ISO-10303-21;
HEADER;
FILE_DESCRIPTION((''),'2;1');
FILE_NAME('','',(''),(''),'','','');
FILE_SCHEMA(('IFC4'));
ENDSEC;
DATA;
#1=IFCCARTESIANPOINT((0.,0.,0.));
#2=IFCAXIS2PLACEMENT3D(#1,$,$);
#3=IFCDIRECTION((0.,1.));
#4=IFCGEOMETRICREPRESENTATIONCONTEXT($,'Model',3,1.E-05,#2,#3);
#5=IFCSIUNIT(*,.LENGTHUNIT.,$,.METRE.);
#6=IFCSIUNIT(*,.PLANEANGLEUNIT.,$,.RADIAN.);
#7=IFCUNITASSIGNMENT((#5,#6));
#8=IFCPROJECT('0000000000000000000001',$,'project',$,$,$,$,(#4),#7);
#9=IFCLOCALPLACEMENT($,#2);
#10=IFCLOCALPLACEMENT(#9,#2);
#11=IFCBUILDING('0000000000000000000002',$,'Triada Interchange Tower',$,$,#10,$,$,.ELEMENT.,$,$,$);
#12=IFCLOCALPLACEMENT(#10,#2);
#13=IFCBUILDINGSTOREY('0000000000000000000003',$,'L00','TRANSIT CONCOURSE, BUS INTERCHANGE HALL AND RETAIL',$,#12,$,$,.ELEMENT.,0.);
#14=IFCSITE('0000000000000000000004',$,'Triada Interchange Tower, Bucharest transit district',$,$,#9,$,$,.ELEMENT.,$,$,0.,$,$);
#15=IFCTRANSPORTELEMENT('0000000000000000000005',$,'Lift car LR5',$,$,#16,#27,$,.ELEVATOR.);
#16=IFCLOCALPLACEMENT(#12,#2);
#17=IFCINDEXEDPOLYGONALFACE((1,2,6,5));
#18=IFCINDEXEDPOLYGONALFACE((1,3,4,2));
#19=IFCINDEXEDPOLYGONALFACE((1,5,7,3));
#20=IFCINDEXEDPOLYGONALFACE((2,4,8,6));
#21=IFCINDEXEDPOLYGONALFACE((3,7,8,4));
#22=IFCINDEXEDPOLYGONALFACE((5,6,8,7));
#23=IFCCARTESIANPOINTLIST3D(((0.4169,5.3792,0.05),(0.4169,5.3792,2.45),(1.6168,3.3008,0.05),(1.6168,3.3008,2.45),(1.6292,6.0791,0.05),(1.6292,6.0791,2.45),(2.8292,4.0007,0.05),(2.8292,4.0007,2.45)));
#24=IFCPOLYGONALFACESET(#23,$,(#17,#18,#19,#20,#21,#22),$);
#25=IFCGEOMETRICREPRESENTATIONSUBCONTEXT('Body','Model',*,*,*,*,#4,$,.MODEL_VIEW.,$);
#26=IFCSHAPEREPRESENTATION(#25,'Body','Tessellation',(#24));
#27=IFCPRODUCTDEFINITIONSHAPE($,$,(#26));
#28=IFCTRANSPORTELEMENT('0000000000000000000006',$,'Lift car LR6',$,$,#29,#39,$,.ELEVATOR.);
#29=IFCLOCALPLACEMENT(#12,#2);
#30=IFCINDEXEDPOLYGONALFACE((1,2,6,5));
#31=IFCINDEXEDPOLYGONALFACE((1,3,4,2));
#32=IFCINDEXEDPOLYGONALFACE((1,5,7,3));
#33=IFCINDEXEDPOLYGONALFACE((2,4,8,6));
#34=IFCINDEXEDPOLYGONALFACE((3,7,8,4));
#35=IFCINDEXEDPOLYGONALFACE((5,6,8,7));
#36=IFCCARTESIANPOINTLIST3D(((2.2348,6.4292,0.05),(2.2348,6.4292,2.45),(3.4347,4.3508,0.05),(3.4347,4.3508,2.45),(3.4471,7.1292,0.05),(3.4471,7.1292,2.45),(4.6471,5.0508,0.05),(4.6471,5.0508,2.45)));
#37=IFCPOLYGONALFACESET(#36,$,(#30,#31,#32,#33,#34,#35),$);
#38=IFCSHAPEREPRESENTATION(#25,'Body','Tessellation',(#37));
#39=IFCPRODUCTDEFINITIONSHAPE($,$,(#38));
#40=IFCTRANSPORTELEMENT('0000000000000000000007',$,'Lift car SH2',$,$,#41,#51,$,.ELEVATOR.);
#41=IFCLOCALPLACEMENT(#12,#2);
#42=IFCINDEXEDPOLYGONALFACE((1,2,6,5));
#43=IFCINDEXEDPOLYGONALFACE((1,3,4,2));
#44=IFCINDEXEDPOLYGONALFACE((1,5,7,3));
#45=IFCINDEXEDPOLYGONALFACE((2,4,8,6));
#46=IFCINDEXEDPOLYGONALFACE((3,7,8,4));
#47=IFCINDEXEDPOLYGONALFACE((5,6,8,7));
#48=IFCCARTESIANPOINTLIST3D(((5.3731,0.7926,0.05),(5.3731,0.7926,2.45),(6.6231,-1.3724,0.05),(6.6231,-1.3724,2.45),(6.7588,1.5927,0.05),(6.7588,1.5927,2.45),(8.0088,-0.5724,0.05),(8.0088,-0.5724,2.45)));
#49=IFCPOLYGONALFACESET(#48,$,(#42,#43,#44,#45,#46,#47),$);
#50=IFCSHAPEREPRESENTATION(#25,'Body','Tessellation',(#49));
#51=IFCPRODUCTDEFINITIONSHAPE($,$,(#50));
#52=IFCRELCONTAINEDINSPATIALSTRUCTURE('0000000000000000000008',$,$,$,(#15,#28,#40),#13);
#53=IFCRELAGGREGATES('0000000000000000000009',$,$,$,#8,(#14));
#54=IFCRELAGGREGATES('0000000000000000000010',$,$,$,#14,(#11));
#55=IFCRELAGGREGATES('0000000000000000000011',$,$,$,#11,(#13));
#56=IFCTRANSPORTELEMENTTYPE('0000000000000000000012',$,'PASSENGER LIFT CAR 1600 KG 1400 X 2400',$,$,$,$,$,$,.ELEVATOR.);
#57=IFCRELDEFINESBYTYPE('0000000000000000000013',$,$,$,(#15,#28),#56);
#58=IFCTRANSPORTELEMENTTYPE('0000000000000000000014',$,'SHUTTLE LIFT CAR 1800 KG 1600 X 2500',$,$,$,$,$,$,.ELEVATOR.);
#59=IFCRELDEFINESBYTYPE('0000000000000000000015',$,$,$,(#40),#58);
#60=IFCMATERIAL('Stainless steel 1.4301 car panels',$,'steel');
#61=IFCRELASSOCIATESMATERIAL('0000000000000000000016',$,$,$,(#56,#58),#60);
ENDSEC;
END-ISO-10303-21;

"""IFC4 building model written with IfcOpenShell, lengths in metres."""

from ifc_helpers import new_model, si_unit, direction, frame, origin, origin_2d, place, context, subcontext, project, spatial, rectangle, extrude, material, type_object, element, save


model = new_model("IFC4")

# Units and contexts
model_context = context("Model", 3, precision=1e-05, world=origin(), true_north=direction((0.0, 1.0)))
body_context = subcontext(model_context, "Body", "Model", "MODEL_VIEW")
ifc_project = project(units=[si_unit("LENGTHUNIT", "METRE"), si_unit("PLANEANGLEUNIT", "RADIAN")], contexts=[model_context])

# Site, building, storey
site_placement = place(None, origin())
site = spatial("IfcSite", under=ifc_project, at=site_placement, Name="Triada Interchange Tower, Bucharest transit district", CompositionType="ELEMENT", RefElevation=0.0)
building_placement = place(site_placement, origin())
building = spatial("IfcBuilding", under=site, at=building_placement, Name="Triada Interchange Tower", CompositionType="ELEMENT")
storey_placement = place(building_placement, origin())
storey = spatial("IfcBuildingStorey", under=building, at=storey_placement, Name="L00", Description="TRANSIT CONCOURSE, BUS INTERCHANGE HALL AND RETAIL", CompositionType="ELEMENT", Elevation=0.0)

# Transport elements
ifc_material_1 = material(Name="Stainless steel 1.4301 car panels", Category="steel")
transport_element_type_1 = type_object("IfcTransportElementType", Name="PASSENGER LIFT CAR 1600 KG 1400 X 2400", PredefinedType="ELEVATOR", material=ifc_material_1)
for number, where, z_axis, x_axis, name in (
    (1, (1.623, 4.6899, 0.05), (0.0, 0.0, 1.0), (0.866025, 0.5, 0.0), "Lift car LR5"),
    (2, (3.4409, 5.74, 0.05), (0.0, 0.0, 1.0), (0.866025, 0.5, 0.0), "Lift car LR6"),
):
    element("IfcTransportElement", number, at=place(storey_placement, frame(where, z_axis=z_axis, x_axis=x_axis)), inside=storey, type_object=transport_element_type_1, Name=name, PredefinedType="ELEVATOR", context=body_context, shape_type="SweptSolid", body=[
        extrude(rectangle(XDim=1.3999, YDim=2.3999, at=origin_2d()), origin(), (0.0, 0.0, 1.0), 2.3999),
    ])
transport_element_type_2 = type_object("IfcTransportElementType", Name="SHUTTLE LIFT CAR 1800 KG 1600 X 2500", PredefinedType="ELEVATOR", material=ifc_material_1)
transport_element_placement = place(storey_placement, frame((6.6909, 0.1101, 0.05), z_axis=(0.0, 0.0, 1.0), x_axis=(0.866025, 0.5, 0.0)))
element("IfcTransportElement", 3, at=transport_element_placement, inside=storey, type_object=transport_element_type_2, Name="Lift car SH2", PredefinedType="ELEVATOR", context=body_context, shape_type="SweptSolid", body=[
    extrude(rectangle(XDim=1.6001, YDim=2.5, at=origin_2d()), origin(), (0.0, 0.0, 1.0), 2.3999),
])

save(model, "model.ifc")
